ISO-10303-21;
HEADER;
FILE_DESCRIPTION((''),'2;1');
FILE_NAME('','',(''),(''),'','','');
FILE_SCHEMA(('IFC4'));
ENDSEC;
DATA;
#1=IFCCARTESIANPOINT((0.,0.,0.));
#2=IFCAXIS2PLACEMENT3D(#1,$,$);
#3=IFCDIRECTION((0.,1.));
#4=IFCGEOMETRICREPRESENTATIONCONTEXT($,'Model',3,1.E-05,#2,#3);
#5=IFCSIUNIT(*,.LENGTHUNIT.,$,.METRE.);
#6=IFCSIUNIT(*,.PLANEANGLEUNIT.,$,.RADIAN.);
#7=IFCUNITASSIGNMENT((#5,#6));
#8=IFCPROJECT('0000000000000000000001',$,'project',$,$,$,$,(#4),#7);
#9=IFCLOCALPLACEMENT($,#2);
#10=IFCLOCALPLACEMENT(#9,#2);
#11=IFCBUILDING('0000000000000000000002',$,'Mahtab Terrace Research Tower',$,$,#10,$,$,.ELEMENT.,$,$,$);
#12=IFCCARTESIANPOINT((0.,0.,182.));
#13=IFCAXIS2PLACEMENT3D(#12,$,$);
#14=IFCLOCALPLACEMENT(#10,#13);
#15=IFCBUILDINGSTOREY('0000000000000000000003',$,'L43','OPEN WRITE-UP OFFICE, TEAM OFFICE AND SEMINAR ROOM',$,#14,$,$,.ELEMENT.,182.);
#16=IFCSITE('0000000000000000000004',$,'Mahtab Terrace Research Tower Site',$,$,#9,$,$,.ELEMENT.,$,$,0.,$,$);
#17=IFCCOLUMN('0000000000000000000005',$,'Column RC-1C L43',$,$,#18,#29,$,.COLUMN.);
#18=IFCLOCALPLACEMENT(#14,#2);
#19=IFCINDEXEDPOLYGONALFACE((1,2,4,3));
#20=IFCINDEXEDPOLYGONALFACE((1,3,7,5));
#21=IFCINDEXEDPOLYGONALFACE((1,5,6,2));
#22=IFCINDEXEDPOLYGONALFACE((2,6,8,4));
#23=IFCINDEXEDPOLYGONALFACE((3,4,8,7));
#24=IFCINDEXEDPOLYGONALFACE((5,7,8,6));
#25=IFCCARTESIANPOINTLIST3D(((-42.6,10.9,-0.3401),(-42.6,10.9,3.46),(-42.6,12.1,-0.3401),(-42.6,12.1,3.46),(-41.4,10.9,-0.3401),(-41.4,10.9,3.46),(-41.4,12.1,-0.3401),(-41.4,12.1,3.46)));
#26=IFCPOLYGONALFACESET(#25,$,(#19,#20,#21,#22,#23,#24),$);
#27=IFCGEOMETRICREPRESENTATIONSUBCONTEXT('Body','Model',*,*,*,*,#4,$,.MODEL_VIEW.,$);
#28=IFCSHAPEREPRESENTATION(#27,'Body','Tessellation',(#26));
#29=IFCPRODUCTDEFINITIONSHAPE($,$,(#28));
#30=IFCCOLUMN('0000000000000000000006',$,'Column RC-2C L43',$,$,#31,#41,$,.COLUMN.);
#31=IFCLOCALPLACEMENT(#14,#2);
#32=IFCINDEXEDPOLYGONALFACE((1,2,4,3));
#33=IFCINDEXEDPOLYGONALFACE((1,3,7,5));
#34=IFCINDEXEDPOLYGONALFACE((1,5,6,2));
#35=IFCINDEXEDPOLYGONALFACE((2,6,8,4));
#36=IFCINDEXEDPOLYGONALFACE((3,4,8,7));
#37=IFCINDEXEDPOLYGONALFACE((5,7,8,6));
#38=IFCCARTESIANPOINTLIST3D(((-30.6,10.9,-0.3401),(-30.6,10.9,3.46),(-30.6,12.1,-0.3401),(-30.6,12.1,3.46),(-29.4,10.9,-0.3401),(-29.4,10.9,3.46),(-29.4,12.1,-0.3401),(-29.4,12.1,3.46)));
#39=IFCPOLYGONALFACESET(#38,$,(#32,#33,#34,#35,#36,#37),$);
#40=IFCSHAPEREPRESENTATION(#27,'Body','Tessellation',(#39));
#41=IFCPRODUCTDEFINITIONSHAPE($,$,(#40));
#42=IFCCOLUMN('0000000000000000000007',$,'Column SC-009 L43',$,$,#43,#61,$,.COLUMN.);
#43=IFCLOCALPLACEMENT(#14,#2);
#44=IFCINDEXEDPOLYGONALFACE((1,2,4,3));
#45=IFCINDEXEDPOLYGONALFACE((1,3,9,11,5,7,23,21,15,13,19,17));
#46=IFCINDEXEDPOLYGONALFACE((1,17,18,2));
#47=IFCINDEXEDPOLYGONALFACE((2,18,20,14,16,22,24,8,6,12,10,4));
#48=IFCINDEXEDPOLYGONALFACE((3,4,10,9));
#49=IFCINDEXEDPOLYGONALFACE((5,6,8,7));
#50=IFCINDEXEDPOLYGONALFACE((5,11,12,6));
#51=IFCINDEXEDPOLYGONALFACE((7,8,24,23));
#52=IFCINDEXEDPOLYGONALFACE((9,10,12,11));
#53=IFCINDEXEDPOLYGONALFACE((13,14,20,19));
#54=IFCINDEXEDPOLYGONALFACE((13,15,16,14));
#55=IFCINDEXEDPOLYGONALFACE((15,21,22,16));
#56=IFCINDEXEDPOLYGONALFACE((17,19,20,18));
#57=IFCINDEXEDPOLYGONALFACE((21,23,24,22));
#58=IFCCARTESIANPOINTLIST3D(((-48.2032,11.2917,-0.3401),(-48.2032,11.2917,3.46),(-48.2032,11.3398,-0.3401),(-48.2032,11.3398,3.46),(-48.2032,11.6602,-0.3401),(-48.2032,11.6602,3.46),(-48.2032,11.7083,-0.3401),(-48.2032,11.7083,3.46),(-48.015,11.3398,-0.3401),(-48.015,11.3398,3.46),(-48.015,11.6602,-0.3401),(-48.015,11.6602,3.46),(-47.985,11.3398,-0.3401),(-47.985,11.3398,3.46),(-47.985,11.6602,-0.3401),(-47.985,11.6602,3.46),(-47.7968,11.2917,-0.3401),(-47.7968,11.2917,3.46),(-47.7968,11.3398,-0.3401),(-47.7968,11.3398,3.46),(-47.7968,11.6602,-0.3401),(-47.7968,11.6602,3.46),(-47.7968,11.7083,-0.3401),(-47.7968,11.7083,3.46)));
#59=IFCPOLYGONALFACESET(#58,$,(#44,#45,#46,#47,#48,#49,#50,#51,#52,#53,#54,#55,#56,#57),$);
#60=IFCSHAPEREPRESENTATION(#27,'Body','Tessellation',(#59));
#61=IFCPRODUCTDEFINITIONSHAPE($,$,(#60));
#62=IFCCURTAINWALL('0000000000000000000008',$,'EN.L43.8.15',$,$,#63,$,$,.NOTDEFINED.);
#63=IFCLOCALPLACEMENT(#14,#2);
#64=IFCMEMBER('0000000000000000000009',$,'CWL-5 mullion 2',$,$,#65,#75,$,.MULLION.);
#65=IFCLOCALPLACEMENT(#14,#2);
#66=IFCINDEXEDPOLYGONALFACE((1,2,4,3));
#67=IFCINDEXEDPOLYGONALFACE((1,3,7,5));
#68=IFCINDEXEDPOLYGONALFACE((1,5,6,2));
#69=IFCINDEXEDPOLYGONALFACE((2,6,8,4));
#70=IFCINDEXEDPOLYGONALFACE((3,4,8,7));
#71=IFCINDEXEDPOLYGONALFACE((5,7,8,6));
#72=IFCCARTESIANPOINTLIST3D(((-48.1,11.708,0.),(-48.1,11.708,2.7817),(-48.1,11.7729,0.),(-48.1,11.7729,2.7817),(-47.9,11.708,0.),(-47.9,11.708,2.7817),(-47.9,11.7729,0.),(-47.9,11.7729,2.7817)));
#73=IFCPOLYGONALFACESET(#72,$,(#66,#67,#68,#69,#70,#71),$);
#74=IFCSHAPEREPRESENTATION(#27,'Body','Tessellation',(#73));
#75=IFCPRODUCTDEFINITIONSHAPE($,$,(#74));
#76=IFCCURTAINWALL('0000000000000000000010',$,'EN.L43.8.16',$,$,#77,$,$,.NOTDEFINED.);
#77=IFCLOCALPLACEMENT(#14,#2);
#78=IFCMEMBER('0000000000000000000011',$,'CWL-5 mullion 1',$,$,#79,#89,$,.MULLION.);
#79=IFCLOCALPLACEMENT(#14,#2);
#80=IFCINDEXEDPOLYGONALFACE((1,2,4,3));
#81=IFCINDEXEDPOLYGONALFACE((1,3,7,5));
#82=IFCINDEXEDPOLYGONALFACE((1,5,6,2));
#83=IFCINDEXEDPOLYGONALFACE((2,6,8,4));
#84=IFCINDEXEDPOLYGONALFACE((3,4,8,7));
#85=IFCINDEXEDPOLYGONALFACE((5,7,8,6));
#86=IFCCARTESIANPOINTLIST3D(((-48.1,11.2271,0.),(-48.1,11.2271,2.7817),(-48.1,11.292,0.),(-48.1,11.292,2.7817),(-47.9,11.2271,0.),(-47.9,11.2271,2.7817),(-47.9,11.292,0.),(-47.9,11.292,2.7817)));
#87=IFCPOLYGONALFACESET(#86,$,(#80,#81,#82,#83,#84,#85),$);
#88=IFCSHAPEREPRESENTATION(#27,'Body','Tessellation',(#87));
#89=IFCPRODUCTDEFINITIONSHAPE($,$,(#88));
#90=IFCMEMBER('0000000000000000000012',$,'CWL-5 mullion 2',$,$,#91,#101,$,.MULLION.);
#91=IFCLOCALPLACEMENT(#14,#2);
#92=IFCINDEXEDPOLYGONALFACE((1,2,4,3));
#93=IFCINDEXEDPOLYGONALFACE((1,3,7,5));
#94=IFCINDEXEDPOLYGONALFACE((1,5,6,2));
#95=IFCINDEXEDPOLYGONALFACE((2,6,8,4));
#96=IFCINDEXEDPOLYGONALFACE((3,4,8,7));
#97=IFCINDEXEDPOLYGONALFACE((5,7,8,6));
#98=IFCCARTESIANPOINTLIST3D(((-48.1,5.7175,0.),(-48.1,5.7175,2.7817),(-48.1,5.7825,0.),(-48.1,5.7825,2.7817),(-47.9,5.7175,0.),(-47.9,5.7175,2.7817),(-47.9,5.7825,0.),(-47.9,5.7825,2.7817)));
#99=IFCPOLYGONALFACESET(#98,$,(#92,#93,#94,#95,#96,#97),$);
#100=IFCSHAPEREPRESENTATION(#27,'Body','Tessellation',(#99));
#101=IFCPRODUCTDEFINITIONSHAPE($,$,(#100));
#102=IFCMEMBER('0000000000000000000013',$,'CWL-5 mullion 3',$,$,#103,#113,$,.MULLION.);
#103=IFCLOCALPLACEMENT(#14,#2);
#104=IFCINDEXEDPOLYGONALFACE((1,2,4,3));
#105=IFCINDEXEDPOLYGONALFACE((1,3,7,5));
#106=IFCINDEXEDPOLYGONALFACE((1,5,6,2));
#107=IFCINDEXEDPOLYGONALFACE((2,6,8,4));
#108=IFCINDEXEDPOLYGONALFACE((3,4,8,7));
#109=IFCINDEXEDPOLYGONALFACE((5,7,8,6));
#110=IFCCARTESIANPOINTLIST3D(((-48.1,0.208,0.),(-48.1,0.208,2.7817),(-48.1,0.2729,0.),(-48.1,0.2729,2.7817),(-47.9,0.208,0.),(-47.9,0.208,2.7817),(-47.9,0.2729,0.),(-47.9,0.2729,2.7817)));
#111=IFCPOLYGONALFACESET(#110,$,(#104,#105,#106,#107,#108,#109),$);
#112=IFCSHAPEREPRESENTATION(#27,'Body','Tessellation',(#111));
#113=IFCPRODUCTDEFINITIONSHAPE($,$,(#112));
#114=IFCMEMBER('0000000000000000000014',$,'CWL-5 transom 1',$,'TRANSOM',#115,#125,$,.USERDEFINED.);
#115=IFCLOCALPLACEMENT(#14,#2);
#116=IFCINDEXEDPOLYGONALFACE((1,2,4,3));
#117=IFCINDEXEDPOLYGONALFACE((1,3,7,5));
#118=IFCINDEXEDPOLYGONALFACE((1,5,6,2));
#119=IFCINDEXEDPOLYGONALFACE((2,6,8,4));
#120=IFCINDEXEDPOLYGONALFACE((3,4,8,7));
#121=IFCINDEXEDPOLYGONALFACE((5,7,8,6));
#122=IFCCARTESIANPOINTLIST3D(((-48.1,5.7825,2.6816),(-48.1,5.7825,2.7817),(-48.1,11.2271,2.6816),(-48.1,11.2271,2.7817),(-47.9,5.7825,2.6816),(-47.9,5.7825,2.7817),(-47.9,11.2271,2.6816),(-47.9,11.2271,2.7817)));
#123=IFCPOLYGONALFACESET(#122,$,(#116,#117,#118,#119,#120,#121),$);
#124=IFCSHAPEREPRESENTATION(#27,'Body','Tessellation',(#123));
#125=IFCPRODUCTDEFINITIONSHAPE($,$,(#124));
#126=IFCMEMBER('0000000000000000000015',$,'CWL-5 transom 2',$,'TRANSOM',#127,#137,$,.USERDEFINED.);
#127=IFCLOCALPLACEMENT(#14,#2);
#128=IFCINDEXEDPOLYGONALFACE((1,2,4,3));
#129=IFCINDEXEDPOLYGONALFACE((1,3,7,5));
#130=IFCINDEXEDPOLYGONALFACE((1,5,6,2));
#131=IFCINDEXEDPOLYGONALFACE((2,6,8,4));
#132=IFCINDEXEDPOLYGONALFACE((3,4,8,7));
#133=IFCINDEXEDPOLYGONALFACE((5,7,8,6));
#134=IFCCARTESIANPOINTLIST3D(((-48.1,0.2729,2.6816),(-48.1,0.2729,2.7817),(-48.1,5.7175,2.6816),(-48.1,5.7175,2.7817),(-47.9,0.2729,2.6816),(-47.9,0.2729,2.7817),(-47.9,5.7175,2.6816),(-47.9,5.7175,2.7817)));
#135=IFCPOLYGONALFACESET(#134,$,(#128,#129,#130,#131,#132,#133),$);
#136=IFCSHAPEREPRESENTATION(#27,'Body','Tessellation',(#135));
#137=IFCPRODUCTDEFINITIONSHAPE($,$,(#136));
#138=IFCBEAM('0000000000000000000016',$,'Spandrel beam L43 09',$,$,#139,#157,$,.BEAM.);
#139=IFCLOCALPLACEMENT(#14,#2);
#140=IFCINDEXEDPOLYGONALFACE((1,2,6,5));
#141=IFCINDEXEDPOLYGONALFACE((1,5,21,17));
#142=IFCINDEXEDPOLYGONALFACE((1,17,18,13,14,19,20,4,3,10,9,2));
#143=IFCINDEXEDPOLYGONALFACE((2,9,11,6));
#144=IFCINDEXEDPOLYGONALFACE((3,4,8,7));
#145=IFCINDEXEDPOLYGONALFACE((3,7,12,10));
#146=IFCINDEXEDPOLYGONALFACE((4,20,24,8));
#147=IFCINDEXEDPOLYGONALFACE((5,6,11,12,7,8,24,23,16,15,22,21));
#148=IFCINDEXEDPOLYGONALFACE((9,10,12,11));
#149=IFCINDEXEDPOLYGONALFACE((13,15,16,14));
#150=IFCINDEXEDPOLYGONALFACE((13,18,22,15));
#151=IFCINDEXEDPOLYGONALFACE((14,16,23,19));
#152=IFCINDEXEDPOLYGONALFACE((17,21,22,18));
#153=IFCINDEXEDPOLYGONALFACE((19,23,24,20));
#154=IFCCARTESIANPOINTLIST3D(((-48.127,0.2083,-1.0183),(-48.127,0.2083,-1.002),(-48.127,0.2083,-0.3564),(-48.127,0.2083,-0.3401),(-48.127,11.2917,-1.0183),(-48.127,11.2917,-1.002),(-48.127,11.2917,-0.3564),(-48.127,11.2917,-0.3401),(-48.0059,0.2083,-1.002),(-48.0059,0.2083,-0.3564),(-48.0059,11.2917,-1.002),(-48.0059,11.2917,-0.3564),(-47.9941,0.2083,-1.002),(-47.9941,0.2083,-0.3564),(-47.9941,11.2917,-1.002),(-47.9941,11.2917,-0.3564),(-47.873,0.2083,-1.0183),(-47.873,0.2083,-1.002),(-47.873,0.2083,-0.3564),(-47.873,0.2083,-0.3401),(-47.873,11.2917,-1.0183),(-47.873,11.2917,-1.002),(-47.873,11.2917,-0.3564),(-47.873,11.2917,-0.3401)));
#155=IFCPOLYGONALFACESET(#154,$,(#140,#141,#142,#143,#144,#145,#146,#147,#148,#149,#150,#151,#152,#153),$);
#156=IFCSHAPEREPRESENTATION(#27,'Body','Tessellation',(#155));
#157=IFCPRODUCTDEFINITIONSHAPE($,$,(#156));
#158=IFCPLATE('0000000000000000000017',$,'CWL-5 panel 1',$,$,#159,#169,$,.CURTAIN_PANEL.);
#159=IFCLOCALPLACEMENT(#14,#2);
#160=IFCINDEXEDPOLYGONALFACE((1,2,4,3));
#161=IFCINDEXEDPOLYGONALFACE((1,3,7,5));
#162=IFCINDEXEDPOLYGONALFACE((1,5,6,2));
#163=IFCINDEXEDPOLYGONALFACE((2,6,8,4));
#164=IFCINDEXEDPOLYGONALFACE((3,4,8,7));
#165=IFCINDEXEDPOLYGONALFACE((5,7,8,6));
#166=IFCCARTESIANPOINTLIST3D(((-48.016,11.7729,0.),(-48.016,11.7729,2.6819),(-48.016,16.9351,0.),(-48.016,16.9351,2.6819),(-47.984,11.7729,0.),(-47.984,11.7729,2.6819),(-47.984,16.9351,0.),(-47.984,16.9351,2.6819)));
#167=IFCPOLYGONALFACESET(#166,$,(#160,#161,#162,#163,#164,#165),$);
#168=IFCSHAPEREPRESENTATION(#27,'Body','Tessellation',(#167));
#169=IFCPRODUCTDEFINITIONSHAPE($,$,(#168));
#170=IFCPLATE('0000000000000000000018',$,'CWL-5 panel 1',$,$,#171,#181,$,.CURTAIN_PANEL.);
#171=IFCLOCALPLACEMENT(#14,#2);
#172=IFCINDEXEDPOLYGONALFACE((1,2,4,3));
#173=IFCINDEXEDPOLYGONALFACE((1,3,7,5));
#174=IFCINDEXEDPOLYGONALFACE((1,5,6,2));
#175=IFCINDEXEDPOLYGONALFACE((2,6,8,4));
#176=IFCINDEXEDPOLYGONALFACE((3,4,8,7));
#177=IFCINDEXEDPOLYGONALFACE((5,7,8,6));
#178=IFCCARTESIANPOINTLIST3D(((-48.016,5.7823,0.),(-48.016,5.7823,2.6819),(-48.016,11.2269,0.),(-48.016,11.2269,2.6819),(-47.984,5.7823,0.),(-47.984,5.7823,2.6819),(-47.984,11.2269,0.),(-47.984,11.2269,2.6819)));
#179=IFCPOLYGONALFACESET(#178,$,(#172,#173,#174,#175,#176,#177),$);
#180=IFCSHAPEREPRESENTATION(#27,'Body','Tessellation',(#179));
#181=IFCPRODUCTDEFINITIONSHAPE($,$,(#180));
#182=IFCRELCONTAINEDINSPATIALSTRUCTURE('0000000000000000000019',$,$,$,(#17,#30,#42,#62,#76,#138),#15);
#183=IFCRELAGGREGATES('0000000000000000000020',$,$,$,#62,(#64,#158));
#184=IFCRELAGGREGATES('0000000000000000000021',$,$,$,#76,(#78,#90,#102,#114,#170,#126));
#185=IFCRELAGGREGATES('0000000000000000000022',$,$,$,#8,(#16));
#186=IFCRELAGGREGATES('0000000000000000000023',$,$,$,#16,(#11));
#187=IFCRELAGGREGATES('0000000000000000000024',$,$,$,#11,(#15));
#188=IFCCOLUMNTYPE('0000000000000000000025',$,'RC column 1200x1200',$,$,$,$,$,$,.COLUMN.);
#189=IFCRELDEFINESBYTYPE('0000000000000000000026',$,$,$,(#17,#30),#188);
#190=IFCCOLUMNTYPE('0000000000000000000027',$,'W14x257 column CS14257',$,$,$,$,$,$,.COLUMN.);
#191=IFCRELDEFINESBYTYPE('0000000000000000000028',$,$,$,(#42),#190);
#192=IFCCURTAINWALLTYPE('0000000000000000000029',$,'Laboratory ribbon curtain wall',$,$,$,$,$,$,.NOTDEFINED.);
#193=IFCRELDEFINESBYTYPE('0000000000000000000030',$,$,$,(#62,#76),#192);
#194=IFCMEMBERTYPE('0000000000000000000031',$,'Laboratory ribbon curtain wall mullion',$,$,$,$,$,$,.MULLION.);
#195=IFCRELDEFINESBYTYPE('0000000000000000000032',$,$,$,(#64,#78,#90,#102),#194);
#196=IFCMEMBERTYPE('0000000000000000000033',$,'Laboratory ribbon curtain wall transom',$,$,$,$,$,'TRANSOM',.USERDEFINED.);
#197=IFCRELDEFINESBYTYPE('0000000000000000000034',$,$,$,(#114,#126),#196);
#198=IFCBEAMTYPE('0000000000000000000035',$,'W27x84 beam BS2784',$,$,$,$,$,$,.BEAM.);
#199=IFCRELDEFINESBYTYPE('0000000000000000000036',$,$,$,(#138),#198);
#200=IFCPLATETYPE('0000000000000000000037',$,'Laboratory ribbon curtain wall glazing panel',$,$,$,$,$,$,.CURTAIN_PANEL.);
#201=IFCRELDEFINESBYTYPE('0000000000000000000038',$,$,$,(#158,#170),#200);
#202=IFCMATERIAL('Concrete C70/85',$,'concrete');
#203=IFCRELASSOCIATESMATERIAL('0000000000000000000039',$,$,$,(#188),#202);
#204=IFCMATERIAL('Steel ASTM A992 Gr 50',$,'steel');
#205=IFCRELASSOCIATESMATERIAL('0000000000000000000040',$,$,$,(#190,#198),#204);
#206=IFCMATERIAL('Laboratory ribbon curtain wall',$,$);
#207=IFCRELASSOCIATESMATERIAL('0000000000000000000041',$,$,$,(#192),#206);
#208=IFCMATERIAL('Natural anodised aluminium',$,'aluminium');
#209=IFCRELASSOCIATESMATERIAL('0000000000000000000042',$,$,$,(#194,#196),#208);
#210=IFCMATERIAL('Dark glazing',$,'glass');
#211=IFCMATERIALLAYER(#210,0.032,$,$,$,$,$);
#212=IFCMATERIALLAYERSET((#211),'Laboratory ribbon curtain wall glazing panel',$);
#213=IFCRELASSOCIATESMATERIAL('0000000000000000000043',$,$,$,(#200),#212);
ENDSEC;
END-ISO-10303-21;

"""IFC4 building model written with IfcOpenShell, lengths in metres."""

from ifc_helpers import new_model, si_unit, direction, frame, origin, origin_2d, place, context, subcontext, project, spatial, rectangle, i_section, extrude, material, layer, layer_set, material_profile, profile_set, type_object, element, aggregate, save


model = new_model("IFC4")

# Units and contexts
model_context = context("Model", 3, precision=1e-05, world=origin(), true_north=direction((0.0, 1.0)))
body_context = subcontext(model_context, "Body", "Model", "MODEL_VIEW")
ifc_project = project(units=[si_unit("LENGTHUNIT", "METRE"), si_unit("PLANEANGLEUNIT", "RADIAN")], contexts=[model_context])

# Site, building, storey
site_placement = place(None, origin())
site = spatial("IfcSite", under=ifc_project, at=site_placement, Name="Mahtab Terrace Research Tower Site", CompositionType="ELEMENT", RefElevation=0.0)
building_placement = place(site_placement, origin())
building = spatial("IfcBuilding", under=site, at=building_placement, Name="Mahtab Terrace Research Tower", CompositionType="ELEMENT")
storey_placement = place(building_placement, frame((0.0, 0.0, 182.0)))
storey = spatial("IfcBuildingStorey", under=building, at=storey_placement, Name="L43", Description="OPEN WRITE-UP OFFICE, TEAM OFFICE AND SEMINAR ROOM", CompositionType="ELEMENT", Elevation=182.0)

# Columns
ifc_material_1 = material(Name="Concrete C70/85", Category="concrete")
ifc_material_profile_1 = material_profile(ifc_material_1, rectangle(XDim=1.2, YDim=1.2, at=origin_2d()), Name="RC column 1200x1200")
ifc_profile_set_1 = profile_set([ifc_material_profile_1], Name="Concrete C70/85")
column_type_1 = type_object("IfcColumnType", Name="RC column 1200x1200", PredefinedType="COLUMN", material=ifc_profile_set_1)
for number, where, z_axis, x_axis, name in (
    (1, (-42.0, 11.5, -0.3401), (0.0, 0.0, 1.0), (1.0, 0.0, 0.0), "Column RC-1C L43"),
    (2, (-30.0, 11.5, -0.3401), (0.0, 0.0, 1.0), (1.0, 0.0, 0.0), "Column RC-2C L43"),
):
    element("IfcColumn", number, at=place(storey_placement, frame(where, z_axis=z_axis, x_axis=x_axis)), inside=storey, type_object=column_type_1, Name=name, PredefinedType="COLUMN", context=body_context, shape_type="SweptSolid", body=[
        extrude(rectangle(XDim=1.2, YDim=1.2, at=origin_2d()), origin(), (0.0, 0.0, 1.0), 3.8),
    ])
ifc_material_2 = material(Name="Steel ASTM A992 Gr 50", Category="steel")
ifc_material_profile_2 = material_profile(ifc_material_2, i_section(OverallWidth=0.4065, OverallDepth=0.4165, WebThickness=0.03, FlangeThickness=0.0481, at=origin_2d()), Name="W14X257")
ifc_profile_set_2 = profile_set([ifc_material_profile_2], Name="Steel ASTM A992 Gr 50")
column_type_2 = type_object("IfcColumnType", Name="W14x257 column CS14257", PredefinedType="COLUMN", material=ifc_profile_set_2)
column_placement = place(storey_placement, frame((-48.0, 11.5, -0.3401), z_axis=(0.0, 0.0, 1.0), x_axis=(1.0, 0.0, 0.0)))
element("IfcColumn", 3, at=column_placement, inside=storey, type_object=column_type_2, Name="Column SC-009 L43", PredefinedType="COLUMN", context=body_context, shape_type="SweptSolid", body=[
    extrude(i_section(OverallWidth=0.4065, OverallDepth=0.4165, WebThickness=0.03, FlangeThickness=0.0481, at=origin_2d()), origin(), (0.0, 0.0, 1.0), 3.8),
])

# Curtain wall, member
ifc_material_3 = material(Name="Laboratory ribbon curtain wall")
curtain_wall_type = type_object("IfcCurtainWallType", Name="Laboratory ribbon curtain wall", PredefinedType="NOTDEFINED", material=ifc_material_3)
curtain_wall_1_placement = place(storey_placement, origin())
curtain_wall_1 = element("IfcCurtainWall", 4, at=curtain_wall_1_placement, inside=storey, type_object=curtain_wall_type, Name="EN.L43.8.15", PredefinedType="NOTDEFINED")
ifc_material_4 = material(Name="Natural anodised aluminium", Category="aluminium")
ifc_material_profile_3 = material_profile(ifc_material_4, rectangle(XDim=0.2, YDim=0.0649, at=origin_2d()), Name="MULLION 65x200")
ifc_profile_set_3 = profile_set([ifc_material_profile_3], Name="Natural anodised aluminium")
member_type_1 = type_object("IfcMemberType", Name="Laboratory ribbon curtain wall mullion", PredefinedType="MULLION", material=ifc_profile_set_3)
member_1_placement = place(storey_placement, frame((-48.0, 11.7405, 0.0), z_axis=(0.0, 0.0, 1.0), x_axis=(1.0, 0.0, 0.0)))
member_1 = element("IfcMember", 5, at=member_1_placement, type_object=member_type_1, Name="CWL-5 mullion 2", PredefinedType="MULLION", context=body_context, shape_type="SweptSolid", body=[
    extrude(rectangle(XDim=0.2, YDim=0.0649, at=origin_2d()), origin(), (0.0, 0.0, 1.0), 2.7817),
])

# Curtain wall, members
curtain_wall_2_placement = place(storey_placement, origin())
curtain_wall_2 = element("IfcCurtainWall", 6, at=curtain_wall_2_placement, inside=storey, type_object=curtain_wall_type, Name="EN.L43.8.16", PredefinedType="NOTDEFINED")
member_2_placement = place(storey_placement, frame((-48.0, 11.2595, 0.0), z_axis=(0.0, 0.0, 1.0), x_axis=(1.0, 0.0, 0.0)))
member_2 = element("IfcMember", 7, at=member_2_placement, type_object=member_type_1, Name="CWL-5 mullion 1", PredefinedType="MULLION", context=body_context, shape_type="SweptSolid", body=[
    extrude(rectangle(XDim=0.2, YDim=0.0649, at=origin_2d()), origin(), (0.0, 0.0, 1.0), 2.7817),
])
member_3_placement = place(storey_placement, frame((-48.0, 5.75, 0.0), z_axis=(0.0, 0.0, 1.0), x_axis=(1.0, 0.0, 0.0)))
member_3 = element("IfcMember", 8, at=member_3_placement, type_object=member_type_1, Name="CWL-5 mullion 2", PredefinedType="MULLION", context=body_context, shape_type="SweptSolid", body=[
    extrude(rectangle(XDim=0.2, YDim=0.0649, at=origin_2d()), origin(), (0.0, 0.0, 1.0), 2.7817),
])
member_4_placement = place(storey_placement, frame((-48.0, 0.2405, 0.0), z_axis=(0.0, 0.0, 1.0), x_axis=(1.0, 0.0, 0.0)))
member_4 = element("IfcMember", 9, at=member_4_placement, type_object=member_type_1, Name="CWL-5 mullion 3", PredefinedType="MULLION", context=body_context, shape_type="SweptSolid", body=[
    extrude(rectangle(XDim=0.2, YDim=0.0649, at=origin_2d()), origin(), (0.0, 0.0, 1.0), 2.7817),
])
ifc_material_profile_4 = material_profile(ifc_material_4, rectangle(XDim=0.2, YDim=0.1001, at=origin_2d()), Name="TRANSOM 100x200")
ifc_profile_set_4 = profile_set([ifc_material_profile_4], Name="Natural anodised aluminium")
member_type_2 = type_object("IfcMemberType", Name="Laboratory ribbon curtain wall transom", ElementType="TRANSOM", PredefinedType="USERDEFINED", material=ifc_profile_set_4)
member_5_placement = place(storey_placement, frame((-48.0, 11.2271, 2.7317), z_axis=(0.0, -1.0, 0.0), x_axis=(1.0, 0.0, 0.0)))
member_5 = element("IfcMember", 10, at=member_5_placement, type_object=member_type_2, Name="CWL-5 transom 1", ObjectType="TRANSOM", PredefinedType="USERDEFINED", context=body_context, shape_type="SweptSolid", body=[
    extrude(rectangle(XDim=0.2, YDim=0.1001, at=origin_2d()), origin(), (0.0, 0.0, 1.0), 5.4446),
])
member_6_placement = place(storey_placement, frame((-48.0, 5.7175, 2.7317), z_axis=(0.0, -1.0, 0.0), x_axis=(1.0, 0.0, 0.0)))
member_6 = element("IfcMember", 11, at=member_6_placement, type_object=member_type_2, Name="CWL-5 transom 2", ObjectType="TRANSOM", PredefinedType="USERDEFINED", context=body_context, shape_type="SweptSolid", body=[
    extrude(rectangle(XDim=0.2, YDim=0.1001, at=origin_2d()), origin(), (0.0, 0.0, 1.0), 5.4446),
])

# Beam
ifc_material_profile_5 = material_profile(ifc_material_2, i_section(OverallWidth=0.2539, OverallDepth=0.6782, WebThickness=0.0117, FlangeThickness=0.0164, at=origin_2d()), Name="W27X84")
ifc_profile_set_5 = profile_set([ifc_material_profile_5], Name="Steel ASTM A992 Gr 50")
beam_type = type_object("IfcBeamType", Name="W27x84 beam BS2784", PredefinedType="BEAM", material=ifc_profile_set_5)
beam_placement = place(storey_placement, frame((-48.0, 11.2917, -0.6792), z_axis=(0.0, -1.0, 0.0), x_axis=(1.0, 0.0, 0.0)))
element("IfcBeam", 12, at=beam_placement, inside=storey, type_object=beam_type, Name="Spandrel beam L43 09", PredefinedType="BEAM", context=body_context, shape_type="SweptSolid", body=[
    extrude(i_section(OverallWidth=0.2539, OverallDepth=0.6782, WebThickness=0.0117, FlangeThickness=0.0164, at=origin_2d()), origin(), (0.0, 0.0, 1.0), 11.0835),
])

# Plates
ifc_material_5 = material(Name="Dark glazing", Category="glass")
ifc_layer_1 = layer(ifc_material_5, 0.032)
ifc_layer_set_1 = layer_set([ifc_layer_1], Name="Laboratory ribbon curtain wall glazing panel")
plate_type = type_object("IfcPlateType", Name="Laboratory ribbon curtain wall glazing panel", PredefinedType="CURTAIN_PANEL", material=ifc_layer_set_1)
plate_1_placement = place(storey_placement, frame((-48.0, 14.354, 0.0), z_axis=(0.0, 0.0, 1.0), x_axis=(0.0, -1.0, 0.0)))
plate_1 = element("IfcPlate", 13, at=plate_1_placement, type_object=plate_type, Name="CWL-5 panel 1", PredefinedType="CURTAIN_PANEL", context=body_context, shape_type="SweptSolid", body=[
    extrude(rectangle(XDim=5.1621, YDim=0.032, at=origin_2d()), origin(), (0.0, 0.0, 1.0), 2.6819),
])
aggregate(curtain_wall_1, [member_1, plate_1])
plate_2_placement = place(storey_placement, frame((-48.0, 8.5046, 0.0), z_axis=(0.0, 0.0, 1.0), x_axis=(0.0, -1.0, 0.0)))
plate_2 = element("IfcPlate", 14, at=plate_2_placement, type_object=plate_type, Name="CWL-5 panel 1", PredefinedType="CURTAIN_PANEL", context=body_context, shape_type="SweptSolid", body=[
    extrude(rectangle(XDim=5.4446, YDim=0.032, at=origin_2d()), origin(), (0.0, 0.0, 1.0), 2.6819),
])
aggregate(curtain_wall_2, [member_2, member_3, member_4, member_5, plate_2, member_6])

save(model, "model.ifc")
